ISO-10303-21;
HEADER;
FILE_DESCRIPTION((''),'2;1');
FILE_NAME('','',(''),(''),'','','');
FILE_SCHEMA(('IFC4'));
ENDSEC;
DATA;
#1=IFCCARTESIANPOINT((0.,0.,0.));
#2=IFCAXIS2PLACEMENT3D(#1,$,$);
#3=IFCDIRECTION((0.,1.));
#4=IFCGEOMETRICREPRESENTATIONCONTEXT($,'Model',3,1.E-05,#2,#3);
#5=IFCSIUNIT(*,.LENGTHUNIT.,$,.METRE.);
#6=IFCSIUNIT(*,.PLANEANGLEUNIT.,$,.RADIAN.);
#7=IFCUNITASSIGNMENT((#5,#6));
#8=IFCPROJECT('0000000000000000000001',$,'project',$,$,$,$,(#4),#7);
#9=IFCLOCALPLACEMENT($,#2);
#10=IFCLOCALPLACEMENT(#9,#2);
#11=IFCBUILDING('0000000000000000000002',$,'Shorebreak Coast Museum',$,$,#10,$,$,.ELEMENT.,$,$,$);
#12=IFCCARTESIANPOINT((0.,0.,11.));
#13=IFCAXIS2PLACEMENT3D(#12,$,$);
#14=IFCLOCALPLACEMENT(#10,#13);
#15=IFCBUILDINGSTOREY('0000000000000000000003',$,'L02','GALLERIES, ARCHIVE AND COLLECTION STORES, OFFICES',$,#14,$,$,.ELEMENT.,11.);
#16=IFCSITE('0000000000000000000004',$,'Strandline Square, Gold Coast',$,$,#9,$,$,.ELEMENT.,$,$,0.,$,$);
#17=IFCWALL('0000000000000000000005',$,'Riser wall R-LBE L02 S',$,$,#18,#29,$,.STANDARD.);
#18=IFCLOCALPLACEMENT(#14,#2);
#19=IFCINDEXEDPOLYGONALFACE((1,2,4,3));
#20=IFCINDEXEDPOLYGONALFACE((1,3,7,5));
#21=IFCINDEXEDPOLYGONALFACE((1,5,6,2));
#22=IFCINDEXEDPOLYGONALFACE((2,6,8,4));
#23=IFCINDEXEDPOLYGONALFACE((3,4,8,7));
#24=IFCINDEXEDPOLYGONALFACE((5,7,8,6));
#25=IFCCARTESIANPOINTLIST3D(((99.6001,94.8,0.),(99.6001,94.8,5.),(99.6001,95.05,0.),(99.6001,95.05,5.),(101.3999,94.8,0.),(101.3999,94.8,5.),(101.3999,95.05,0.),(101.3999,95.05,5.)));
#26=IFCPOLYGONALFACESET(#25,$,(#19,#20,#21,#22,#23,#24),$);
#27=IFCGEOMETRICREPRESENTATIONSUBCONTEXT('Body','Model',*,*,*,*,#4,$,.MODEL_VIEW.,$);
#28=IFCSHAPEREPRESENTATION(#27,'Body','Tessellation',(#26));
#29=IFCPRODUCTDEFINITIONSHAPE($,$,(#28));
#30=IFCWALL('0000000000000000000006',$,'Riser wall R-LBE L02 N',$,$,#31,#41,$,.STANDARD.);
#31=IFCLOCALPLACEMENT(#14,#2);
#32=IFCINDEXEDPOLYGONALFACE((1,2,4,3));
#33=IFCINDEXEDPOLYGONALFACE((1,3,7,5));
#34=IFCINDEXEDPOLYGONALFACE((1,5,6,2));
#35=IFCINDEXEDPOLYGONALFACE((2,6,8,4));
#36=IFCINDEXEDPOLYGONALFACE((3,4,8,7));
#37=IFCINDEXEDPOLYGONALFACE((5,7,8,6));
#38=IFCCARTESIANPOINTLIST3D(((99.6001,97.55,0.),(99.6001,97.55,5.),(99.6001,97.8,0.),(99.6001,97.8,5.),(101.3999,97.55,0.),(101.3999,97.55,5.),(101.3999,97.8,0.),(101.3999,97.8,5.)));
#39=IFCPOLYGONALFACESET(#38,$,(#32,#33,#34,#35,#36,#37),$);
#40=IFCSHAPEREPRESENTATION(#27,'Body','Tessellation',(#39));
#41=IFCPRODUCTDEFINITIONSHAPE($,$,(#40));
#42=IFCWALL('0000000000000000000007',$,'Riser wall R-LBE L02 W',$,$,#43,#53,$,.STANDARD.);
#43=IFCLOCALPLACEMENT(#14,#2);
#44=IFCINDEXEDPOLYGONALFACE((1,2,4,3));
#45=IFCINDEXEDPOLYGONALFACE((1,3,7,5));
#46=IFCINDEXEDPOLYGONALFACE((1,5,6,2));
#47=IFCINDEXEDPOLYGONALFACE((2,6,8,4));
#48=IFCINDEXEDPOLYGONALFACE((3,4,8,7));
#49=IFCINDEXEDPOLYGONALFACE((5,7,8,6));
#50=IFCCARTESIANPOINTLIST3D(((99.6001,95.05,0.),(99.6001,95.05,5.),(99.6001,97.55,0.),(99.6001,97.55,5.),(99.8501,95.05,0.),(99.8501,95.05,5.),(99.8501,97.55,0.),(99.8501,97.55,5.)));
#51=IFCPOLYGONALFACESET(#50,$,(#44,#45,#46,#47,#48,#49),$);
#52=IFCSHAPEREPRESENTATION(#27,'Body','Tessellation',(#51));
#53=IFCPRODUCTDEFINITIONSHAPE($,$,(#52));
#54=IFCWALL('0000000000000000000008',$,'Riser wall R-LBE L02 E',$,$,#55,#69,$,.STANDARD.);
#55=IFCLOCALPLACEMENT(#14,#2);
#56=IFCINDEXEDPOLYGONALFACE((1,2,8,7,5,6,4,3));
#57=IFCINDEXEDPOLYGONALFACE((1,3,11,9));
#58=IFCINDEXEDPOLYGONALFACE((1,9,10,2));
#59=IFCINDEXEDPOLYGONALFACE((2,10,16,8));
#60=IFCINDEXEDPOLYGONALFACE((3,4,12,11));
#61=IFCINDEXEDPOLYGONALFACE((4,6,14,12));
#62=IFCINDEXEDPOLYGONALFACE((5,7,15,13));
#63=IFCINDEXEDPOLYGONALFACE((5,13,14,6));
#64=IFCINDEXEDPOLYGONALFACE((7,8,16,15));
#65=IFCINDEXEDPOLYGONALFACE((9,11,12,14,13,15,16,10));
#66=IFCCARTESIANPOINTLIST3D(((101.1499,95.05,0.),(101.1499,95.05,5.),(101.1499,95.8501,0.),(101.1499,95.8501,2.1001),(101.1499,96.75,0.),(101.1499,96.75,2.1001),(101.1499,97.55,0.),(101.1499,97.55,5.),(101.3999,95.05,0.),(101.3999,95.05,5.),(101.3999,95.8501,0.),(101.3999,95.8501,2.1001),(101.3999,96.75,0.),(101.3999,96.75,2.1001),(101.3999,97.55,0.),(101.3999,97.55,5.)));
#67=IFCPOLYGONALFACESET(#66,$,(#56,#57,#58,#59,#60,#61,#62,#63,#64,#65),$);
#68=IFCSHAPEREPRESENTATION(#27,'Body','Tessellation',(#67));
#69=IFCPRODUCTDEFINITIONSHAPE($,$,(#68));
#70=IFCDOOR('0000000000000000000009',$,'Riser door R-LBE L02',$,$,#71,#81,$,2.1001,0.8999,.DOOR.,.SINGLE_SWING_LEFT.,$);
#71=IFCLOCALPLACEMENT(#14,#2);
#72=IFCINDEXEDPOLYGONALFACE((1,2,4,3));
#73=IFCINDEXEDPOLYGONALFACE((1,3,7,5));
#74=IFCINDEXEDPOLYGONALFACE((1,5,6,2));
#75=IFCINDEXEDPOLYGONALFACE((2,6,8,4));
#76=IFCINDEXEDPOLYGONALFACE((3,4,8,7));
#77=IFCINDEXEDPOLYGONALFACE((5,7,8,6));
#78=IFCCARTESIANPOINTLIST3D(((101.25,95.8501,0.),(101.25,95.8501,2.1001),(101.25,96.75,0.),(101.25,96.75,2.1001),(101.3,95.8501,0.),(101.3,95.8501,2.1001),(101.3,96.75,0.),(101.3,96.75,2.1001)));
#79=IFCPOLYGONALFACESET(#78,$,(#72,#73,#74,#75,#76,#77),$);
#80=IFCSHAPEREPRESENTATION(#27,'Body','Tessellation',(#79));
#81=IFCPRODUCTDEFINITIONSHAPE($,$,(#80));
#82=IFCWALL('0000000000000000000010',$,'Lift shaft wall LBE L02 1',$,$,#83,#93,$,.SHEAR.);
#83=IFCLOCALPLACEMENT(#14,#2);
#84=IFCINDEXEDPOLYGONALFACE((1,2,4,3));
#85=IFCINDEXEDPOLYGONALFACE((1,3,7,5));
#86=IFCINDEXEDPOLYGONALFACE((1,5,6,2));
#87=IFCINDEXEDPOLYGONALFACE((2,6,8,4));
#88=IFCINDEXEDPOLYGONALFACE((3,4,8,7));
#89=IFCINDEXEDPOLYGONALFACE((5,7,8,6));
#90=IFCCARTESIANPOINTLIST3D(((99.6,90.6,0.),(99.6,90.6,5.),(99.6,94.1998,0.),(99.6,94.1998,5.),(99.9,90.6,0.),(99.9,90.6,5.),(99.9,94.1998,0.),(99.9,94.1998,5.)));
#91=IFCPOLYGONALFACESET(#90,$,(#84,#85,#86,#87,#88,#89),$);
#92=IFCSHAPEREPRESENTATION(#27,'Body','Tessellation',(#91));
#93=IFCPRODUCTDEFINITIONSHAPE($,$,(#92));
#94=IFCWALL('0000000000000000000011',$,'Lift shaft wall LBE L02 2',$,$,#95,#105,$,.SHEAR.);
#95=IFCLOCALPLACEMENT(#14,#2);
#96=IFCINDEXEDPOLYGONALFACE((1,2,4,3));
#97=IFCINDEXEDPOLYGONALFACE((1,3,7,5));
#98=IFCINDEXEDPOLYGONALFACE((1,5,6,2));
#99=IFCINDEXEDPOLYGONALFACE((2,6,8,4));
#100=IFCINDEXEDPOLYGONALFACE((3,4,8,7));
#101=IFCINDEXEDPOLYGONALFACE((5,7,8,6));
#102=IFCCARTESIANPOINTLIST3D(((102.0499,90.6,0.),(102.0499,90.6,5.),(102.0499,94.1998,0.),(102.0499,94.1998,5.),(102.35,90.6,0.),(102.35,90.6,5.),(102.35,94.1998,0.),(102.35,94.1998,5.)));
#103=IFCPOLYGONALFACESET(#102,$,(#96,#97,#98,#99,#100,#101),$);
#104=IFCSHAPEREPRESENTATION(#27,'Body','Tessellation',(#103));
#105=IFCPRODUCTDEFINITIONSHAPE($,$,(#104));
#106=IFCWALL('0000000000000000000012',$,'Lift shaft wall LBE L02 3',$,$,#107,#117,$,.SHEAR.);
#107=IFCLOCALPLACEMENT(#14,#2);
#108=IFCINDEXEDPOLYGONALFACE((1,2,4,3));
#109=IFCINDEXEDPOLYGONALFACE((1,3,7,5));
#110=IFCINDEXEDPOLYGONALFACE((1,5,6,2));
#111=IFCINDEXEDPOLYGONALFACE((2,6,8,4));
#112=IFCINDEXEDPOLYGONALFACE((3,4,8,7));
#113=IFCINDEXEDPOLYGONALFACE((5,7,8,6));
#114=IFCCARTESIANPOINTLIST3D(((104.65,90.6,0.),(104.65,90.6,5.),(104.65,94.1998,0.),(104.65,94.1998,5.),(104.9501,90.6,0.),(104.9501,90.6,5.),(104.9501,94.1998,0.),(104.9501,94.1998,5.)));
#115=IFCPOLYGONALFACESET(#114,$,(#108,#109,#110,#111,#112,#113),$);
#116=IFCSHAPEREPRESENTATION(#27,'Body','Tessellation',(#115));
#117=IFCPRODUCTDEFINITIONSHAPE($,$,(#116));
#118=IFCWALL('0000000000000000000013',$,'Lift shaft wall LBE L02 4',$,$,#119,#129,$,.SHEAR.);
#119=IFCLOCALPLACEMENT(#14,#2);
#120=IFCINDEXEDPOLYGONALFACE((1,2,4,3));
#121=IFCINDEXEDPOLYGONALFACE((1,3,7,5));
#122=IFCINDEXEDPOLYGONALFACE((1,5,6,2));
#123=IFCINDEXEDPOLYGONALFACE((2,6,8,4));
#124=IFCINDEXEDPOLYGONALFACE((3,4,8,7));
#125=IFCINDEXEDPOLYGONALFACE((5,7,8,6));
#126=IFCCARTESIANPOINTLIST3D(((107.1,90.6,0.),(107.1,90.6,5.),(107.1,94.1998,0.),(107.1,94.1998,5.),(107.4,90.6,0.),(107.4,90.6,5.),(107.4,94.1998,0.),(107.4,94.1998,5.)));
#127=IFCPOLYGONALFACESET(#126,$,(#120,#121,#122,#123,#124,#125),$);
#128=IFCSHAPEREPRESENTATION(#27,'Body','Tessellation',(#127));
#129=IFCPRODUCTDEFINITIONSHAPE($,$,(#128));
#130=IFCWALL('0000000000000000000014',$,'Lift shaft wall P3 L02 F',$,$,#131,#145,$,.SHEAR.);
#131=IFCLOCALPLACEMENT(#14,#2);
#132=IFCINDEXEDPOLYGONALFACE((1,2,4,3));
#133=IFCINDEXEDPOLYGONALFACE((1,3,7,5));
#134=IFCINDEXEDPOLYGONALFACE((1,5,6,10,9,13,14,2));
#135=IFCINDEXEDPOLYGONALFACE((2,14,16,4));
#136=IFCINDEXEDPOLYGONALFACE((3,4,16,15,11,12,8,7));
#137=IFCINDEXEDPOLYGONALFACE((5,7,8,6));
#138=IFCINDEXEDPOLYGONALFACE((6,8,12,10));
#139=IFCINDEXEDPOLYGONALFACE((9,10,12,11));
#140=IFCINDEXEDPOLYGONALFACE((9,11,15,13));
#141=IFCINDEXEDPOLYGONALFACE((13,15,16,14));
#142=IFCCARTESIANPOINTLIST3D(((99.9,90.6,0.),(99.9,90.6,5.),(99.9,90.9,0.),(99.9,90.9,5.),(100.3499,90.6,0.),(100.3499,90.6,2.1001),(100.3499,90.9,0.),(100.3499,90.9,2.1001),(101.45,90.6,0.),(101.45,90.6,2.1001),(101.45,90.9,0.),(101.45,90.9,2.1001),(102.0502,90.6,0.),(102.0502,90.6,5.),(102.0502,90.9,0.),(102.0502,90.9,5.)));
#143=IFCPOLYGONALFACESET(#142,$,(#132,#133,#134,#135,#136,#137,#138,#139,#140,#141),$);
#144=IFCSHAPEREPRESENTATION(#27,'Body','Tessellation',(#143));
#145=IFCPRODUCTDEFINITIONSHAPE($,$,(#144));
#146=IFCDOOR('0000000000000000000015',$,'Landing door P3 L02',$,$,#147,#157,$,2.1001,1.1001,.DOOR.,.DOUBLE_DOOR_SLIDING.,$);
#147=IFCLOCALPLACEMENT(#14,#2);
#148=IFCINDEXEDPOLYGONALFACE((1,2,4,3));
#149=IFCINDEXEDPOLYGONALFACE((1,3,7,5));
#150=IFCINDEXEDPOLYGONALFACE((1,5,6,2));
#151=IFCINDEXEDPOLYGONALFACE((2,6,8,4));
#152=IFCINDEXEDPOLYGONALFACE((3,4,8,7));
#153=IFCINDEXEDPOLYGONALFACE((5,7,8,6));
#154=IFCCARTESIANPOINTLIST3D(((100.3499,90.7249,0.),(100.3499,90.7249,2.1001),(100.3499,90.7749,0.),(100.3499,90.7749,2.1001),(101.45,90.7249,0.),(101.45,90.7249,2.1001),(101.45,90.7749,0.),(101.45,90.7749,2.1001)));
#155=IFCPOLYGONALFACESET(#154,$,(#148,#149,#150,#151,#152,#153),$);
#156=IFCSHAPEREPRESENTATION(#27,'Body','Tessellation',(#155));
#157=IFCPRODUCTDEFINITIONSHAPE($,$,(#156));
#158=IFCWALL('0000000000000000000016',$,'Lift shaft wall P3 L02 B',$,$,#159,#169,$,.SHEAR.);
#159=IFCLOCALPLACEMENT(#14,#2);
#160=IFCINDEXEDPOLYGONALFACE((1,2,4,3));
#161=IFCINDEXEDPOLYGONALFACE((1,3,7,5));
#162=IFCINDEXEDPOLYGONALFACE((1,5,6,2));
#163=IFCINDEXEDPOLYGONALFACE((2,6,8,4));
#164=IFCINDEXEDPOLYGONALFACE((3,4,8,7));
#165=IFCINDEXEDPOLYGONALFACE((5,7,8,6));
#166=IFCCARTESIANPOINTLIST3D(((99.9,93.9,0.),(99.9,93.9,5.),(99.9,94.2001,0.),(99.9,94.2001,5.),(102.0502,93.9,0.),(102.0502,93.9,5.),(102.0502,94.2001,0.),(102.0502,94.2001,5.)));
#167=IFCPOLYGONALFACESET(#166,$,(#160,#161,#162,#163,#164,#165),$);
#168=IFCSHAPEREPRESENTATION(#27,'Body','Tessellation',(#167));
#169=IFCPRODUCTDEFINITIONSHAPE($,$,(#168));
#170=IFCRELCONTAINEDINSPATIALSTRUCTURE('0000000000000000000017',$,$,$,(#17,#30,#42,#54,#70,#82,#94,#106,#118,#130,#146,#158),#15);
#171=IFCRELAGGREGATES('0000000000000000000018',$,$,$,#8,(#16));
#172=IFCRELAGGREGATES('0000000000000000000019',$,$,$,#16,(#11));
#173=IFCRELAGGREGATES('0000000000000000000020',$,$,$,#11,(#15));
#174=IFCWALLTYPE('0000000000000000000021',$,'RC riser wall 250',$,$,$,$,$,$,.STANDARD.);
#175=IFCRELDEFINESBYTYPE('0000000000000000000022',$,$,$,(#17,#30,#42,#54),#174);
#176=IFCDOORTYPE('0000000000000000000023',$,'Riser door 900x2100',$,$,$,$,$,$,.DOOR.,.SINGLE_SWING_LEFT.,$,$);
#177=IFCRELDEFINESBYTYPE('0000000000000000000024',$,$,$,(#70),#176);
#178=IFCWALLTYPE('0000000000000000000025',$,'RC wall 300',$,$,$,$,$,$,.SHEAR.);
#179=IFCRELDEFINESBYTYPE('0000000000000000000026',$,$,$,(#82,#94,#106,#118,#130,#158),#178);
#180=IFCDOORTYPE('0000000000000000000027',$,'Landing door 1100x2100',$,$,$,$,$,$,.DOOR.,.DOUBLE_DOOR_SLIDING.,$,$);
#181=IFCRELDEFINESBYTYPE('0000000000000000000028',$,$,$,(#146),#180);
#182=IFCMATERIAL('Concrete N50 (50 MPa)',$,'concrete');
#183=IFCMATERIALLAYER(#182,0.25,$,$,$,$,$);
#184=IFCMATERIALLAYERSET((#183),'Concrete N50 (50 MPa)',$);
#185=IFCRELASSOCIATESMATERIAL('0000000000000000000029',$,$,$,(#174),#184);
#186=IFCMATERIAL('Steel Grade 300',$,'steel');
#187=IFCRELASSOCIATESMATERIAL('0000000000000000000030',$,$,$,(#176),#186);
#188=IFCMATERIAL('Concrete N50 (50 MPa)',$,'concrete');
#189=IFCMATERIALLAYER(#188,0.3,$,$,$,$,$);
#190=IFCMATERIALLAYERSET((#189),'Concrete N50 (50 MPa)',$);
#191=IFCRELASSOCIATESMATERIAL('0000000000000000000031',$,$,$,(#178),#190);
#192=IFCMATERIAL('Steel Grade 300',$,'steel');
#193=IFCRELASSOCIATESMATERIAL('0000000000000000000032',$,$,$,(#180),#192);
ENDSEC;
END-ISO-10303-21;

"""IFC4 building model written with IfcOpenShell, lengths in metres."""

from ifc_helpers import new_model, si_unit, direction, frame, frame_2d, origin, place, context, subcontext, project, spatial, rectangle, extrude, material, layer, layer_set, type_object, element, fill, save


model = new_model("IFC4")

# Units and contexts
model_context = context("Model", 3, precision=1e-05, world=origin(), true_north=direction((0.0, 1.0)))
body_context = subcontext(model_context, "Body", "Model", "MODEL_VIEW")
ifc_project = project(units=[si_unit("LENGTHUNIT", "METRE"), si_unit("PLANEANGLEUNIT", "RADIAN")], contexts=[model_context])

# Site, building, storey
site_placement = place(None, origin())
site = spatial("IfcSite", under=ifc_project, at=site_placement, Name="Strandline Square, Gold Coast", CompositionType="ELEMENT", RefElevation=0.0)
building_placement = place(site_placement, origin())
building = spatial("IfcBuilding", under=site, at=building_placement, Name="Shorebreak Coast Museum", CompositionType="ELEMENT")
storey_placement = place(building_placement, frame((0.0, 0.0, 11.0)))
storey = spatial("IfcBuildingStorey", under=building, at=storey_placement, Name="L02", Description="GALLERIES, ARCHIVE AND COLLECTION STORES, OFFICES", CompositionType="ELEMENT", Elevation=11.0)

# Walls
ifc_material_1 = material(Name="Concrete N50 (50 MPa)", Category="concrete")
ifc_layer_1 = layer(ifc_material_1, 0.25)
ifc_layer_set_1 = layer_set([ifc_layer_1], Name="Concrete N50 (50 MPa)")
wall_type_1 = type_object("IfcWallType", Name="RC riser wall 250", PredefinedType="STANDARD", material=ifc_layer_set_1)
for number, where, z_axis, x_axis, name in (
    (1, (99.6001, 94.925, 0.0), (0.0, 0.0, 1.0), (1.0, 0.0, 0.0), "Riser wall R-LBE L02 S"),
    (2, (99.6001, 97.675, 0.0), (0.0, 0.0, 1.0), (1.0, 0.0, 0.0), "Riser wall R-LBE L02 N"),
):
    element("IfcWall", number, at=place(storey_placement, frame(where, z_axis=z_axis, x_axis=x_axis)), inside=storey, type_object=wall_type_1, Name=name, PredefinedType="STANDARD", context=body_context, shape_type="SweptSolid", body=[
        extrude(rectangle(XDim=1.7998, YDim=0.25, at=frame_2d((0.8999, 0.0))), origin(), (0.0, 0.0, 1.0), 5.0),
    ])
wall_1_placement = place(storey_placement, frame((99.7251, 95.05, 0.0), z_axis=(0.0, 0.0, 1.0), x_axis=(0.0, 1.0, 0.0)))
element("IfcWall", 3, at=wall_1_placement, inside=storey, type_object=wall_type_1, Name="Riser wall R-LBE L02 W", PredefinedType="STANDARD", context=body_context, shape_type="SweptSolid", body=[
    extrude(rectangle(XDim=2.5, YDim=0.25, at=frame_2d((1.25, 0.0))), origin(), (0.0, 0.0, 1.0), 5.0),
])

# Wall, opening, door
wall_2_placement = place(storey_placement, frame((101.2749, 95.05, 0.0), z_axis=(0.0, 0.0, 1.0), x_axis=(0.0, 1.0, 0.0)))
wall_2 = element("IfcWall", 4, at=wall_2_placement, inside=storey, type_object=wall_type_1, Name="Riser wall R-LBE L02 E", PredefinedType="STANDARD", context=body_context, shape_type="SweptSolid", body=[
    extrude(rectangle(XDim=2.5, YDim=0.25, at=frame_2d((1.25, 0.0))), origin(), (0.0, 0.0, 1.0), 5.0),
])
opening_1_placement = place(wall_2_placement, frame((0.8, 0.0, 0.0)))
opening_1 = element("IfcOpeningElement", 5, at=opening_1_placement, cuts=wall_2, PredefinedType="OPENING", context=body_context, shape_type="SweptSolid", body=[
    extrude(rectangle(XDim=0.8999, YDim=2.1001, at=frame_2d((0.45, 1.05))), frame((0.0, 0.135, 0.0), z_axis=(0.0, -1.0, 0.0), x_axis=(1.0, 0.0, 0.0)), (0.0, 0.0, 1.0), 0.27),
])
ifc_material_2 = material(Name="Steel Grade 300", Category="steel")
door_type_1 = type_object("IfcDoorType", Name="Riser door 900x2100", OperationType="SINGLE_SWING_LEFT", PredefinedType="DOOR", material=ifc_material_2)
door_1_placement = place(opening_1_placement, origin())
door_1 = element("IfcDoor", 6, at=door_1_placement, inside=storey, type_object=door_type_1, Name="Riser door R-LBE L02", OperationType="SINGLE_SWING_LEFT", OverallHeight=2.1001, OverallWidth=0.8999, PredefinedType="DOOR", context=body_context, shape_type="SweptSolid", body=[
    extrude(rectangle(XDim=0.8999, YDim=2.1001, at=frame_2d((0.45, 1.05))), frame((0.0, 0.0249, 0.0), z_axis=(0.0, -1.0, 0.0), x_axis=(1.0, 0.0, 0.0)), (0.0, 0.0, 1.0), 0.05),
])
fill(opening_1, door_1)

# Walls
ifc_material_3 = material(Name="Concrete N50 (50 MPa)", Category="concrete")
ifc_layer_2 = layer(ifc_material_3, 0.3)
ifc_layer_set_2 = layer_set([ifc_layer_2], Name="Concrete N50 (50 MPa)")
wall_type_2 = type_object("IfcWallType", Name="RC wall 300", PredefinedType="SHEAR", material=ifc_layer_set_2)
for number, where, z_axis, x_axis, name in (
    (7, (99.75, 90.6001, 0.0), (0.0, 0.0, 1.0), (0.0, 1.0, 0.0), "Lift shaft wall LBE L02 1"),
    (8, (102.2, 90.6001, 0.0), (0.0, 0.0, 1.0), (0.0, 1.0, 0.0), "Lift shaft wall LBE L02 2"),
    (9, (104.8, 90.6001, 0.0), (0.0, 0.0, 1.0), (0.0, 1.0, 0.0), "Lift shaft wall LBE L02 3"),
    (10, (107.25, 90.6001, 0.0), (0.0, 0.0, 1.0), (0.0, 1.0, 0.0), "Lift shaft wall LBE L02 4"),
):
    element("IfcWall", number, at=place(storey_placement, frame(where, z_axis=z_axis, x_axis=x_axis)), inside=storey, type_object=wall_type_2, Name=name, PredefinedType="SHEAR", context=body_context, shape_type="SweptSolid", body=[
        extrude(rectangle(XDim=3.5999, YDim=0.3, at=frame_2d((1.7998, 0.0))), origin(), (0.0, 0.0, 1.0), 5.0),
    ])

# Wall, opening, door
wall_3_placement = place(storey_placement, frame((99.8999, 90.75, 0.0), z_axis=(0.0, 0.0, 1.0), x_axis=(1.0, 0.0, 0.0)))
wall_3 = element("IfcWall", 11, at=wall_3_placement, inside=storey, type_object=wall_type_2, Name="Lift shaft wall P3 L02 F", PredefinedType="SHEAR", context=body_context, shape_type="SweptSolid", body=[
    extrude(rectangle(XDim=2.1501, YDim=0.3, at=frame_2d((1.0752, 0.0))), origin(), (0.0, 0.0, 1.0), 5.0),
])
opening_2_placement = place(wall_3_placement, frame((0.45, 0.0, 0.0)))
opening_2 = element("IfcOpeningElement", 12, at=opening_2_placement, cuts=wall_3, PredefinedType="OPENING", context=body_context, shape_type="SweptSolid", body=[
    extrude(rectangle(XDim=1.1001, YDim=2.1001, at=frame_2d((0.55, 1.05))), frame((0.0, 0.1599, 0.0), z_axis=(0.0, -1.0, 0.0), x_axis=(1.0, 0.0, 0.0)), (0.0, 0.0, 1.0), 0.3201),
])
ifc_material_4 = material(Name="Steel Grade 300", Category="steel")
door_type_2 = type_object("IfcDoorType", Name="Landing door 1100x2100", OperationType="DOUBLE_DOOR_SLIDING", PredefinedType="DOOR", material=ifc_material_4)
door_2_placement = place(opening_2_placement, origin())
door_2 = element("IfcDoor", 13, at=door_2_placement, inside=storey, type_object=door_type_2, Name="Landing door P3 L02", OperationType="DOUBLE_DOOR_SLIDING", OverallHeight=2.1001, OverallWidth=1.1001, PredefinedType="DOOR", context=body_context, shape_type="SweptSolid", body=[
    extrude(rectangle(XDim=1.1001, YDim=2.1001, at=frame_2d((0.55, 1.05))), frame((0.0, 0.0249, 0.0), z_axis=(0.0, -1.0, 0.0), x_axis=(1.0, 0.0, 0.0)), (0.0, 0.0, 1.0), 0.05),
])
fill(opening_2, door_2)

# Wall
wall_4_placement = place(storey_placement, frame((99.8999, 94.05, 0.0), z_axis=(0.0, 0.0, 1.0), x_axis=(1.0, 0.0, 0.0)))
element("IfcWall", 14, at=wall_4_placement, inside=storey, type_object=wall_type_2, Name="Lift shaft wall P3 L02 B", PredefinedType="SHEAR", context=body_context, shape_type="SweptSolid", body=[
    extrude(rectangle(XDim=2.1501, YDim=0.3, at=frame_2d((1.0752, 0.0))), origin(), (0.0, 0.0, 1.0), 5.0),
])

save(model, "model.ifc")
